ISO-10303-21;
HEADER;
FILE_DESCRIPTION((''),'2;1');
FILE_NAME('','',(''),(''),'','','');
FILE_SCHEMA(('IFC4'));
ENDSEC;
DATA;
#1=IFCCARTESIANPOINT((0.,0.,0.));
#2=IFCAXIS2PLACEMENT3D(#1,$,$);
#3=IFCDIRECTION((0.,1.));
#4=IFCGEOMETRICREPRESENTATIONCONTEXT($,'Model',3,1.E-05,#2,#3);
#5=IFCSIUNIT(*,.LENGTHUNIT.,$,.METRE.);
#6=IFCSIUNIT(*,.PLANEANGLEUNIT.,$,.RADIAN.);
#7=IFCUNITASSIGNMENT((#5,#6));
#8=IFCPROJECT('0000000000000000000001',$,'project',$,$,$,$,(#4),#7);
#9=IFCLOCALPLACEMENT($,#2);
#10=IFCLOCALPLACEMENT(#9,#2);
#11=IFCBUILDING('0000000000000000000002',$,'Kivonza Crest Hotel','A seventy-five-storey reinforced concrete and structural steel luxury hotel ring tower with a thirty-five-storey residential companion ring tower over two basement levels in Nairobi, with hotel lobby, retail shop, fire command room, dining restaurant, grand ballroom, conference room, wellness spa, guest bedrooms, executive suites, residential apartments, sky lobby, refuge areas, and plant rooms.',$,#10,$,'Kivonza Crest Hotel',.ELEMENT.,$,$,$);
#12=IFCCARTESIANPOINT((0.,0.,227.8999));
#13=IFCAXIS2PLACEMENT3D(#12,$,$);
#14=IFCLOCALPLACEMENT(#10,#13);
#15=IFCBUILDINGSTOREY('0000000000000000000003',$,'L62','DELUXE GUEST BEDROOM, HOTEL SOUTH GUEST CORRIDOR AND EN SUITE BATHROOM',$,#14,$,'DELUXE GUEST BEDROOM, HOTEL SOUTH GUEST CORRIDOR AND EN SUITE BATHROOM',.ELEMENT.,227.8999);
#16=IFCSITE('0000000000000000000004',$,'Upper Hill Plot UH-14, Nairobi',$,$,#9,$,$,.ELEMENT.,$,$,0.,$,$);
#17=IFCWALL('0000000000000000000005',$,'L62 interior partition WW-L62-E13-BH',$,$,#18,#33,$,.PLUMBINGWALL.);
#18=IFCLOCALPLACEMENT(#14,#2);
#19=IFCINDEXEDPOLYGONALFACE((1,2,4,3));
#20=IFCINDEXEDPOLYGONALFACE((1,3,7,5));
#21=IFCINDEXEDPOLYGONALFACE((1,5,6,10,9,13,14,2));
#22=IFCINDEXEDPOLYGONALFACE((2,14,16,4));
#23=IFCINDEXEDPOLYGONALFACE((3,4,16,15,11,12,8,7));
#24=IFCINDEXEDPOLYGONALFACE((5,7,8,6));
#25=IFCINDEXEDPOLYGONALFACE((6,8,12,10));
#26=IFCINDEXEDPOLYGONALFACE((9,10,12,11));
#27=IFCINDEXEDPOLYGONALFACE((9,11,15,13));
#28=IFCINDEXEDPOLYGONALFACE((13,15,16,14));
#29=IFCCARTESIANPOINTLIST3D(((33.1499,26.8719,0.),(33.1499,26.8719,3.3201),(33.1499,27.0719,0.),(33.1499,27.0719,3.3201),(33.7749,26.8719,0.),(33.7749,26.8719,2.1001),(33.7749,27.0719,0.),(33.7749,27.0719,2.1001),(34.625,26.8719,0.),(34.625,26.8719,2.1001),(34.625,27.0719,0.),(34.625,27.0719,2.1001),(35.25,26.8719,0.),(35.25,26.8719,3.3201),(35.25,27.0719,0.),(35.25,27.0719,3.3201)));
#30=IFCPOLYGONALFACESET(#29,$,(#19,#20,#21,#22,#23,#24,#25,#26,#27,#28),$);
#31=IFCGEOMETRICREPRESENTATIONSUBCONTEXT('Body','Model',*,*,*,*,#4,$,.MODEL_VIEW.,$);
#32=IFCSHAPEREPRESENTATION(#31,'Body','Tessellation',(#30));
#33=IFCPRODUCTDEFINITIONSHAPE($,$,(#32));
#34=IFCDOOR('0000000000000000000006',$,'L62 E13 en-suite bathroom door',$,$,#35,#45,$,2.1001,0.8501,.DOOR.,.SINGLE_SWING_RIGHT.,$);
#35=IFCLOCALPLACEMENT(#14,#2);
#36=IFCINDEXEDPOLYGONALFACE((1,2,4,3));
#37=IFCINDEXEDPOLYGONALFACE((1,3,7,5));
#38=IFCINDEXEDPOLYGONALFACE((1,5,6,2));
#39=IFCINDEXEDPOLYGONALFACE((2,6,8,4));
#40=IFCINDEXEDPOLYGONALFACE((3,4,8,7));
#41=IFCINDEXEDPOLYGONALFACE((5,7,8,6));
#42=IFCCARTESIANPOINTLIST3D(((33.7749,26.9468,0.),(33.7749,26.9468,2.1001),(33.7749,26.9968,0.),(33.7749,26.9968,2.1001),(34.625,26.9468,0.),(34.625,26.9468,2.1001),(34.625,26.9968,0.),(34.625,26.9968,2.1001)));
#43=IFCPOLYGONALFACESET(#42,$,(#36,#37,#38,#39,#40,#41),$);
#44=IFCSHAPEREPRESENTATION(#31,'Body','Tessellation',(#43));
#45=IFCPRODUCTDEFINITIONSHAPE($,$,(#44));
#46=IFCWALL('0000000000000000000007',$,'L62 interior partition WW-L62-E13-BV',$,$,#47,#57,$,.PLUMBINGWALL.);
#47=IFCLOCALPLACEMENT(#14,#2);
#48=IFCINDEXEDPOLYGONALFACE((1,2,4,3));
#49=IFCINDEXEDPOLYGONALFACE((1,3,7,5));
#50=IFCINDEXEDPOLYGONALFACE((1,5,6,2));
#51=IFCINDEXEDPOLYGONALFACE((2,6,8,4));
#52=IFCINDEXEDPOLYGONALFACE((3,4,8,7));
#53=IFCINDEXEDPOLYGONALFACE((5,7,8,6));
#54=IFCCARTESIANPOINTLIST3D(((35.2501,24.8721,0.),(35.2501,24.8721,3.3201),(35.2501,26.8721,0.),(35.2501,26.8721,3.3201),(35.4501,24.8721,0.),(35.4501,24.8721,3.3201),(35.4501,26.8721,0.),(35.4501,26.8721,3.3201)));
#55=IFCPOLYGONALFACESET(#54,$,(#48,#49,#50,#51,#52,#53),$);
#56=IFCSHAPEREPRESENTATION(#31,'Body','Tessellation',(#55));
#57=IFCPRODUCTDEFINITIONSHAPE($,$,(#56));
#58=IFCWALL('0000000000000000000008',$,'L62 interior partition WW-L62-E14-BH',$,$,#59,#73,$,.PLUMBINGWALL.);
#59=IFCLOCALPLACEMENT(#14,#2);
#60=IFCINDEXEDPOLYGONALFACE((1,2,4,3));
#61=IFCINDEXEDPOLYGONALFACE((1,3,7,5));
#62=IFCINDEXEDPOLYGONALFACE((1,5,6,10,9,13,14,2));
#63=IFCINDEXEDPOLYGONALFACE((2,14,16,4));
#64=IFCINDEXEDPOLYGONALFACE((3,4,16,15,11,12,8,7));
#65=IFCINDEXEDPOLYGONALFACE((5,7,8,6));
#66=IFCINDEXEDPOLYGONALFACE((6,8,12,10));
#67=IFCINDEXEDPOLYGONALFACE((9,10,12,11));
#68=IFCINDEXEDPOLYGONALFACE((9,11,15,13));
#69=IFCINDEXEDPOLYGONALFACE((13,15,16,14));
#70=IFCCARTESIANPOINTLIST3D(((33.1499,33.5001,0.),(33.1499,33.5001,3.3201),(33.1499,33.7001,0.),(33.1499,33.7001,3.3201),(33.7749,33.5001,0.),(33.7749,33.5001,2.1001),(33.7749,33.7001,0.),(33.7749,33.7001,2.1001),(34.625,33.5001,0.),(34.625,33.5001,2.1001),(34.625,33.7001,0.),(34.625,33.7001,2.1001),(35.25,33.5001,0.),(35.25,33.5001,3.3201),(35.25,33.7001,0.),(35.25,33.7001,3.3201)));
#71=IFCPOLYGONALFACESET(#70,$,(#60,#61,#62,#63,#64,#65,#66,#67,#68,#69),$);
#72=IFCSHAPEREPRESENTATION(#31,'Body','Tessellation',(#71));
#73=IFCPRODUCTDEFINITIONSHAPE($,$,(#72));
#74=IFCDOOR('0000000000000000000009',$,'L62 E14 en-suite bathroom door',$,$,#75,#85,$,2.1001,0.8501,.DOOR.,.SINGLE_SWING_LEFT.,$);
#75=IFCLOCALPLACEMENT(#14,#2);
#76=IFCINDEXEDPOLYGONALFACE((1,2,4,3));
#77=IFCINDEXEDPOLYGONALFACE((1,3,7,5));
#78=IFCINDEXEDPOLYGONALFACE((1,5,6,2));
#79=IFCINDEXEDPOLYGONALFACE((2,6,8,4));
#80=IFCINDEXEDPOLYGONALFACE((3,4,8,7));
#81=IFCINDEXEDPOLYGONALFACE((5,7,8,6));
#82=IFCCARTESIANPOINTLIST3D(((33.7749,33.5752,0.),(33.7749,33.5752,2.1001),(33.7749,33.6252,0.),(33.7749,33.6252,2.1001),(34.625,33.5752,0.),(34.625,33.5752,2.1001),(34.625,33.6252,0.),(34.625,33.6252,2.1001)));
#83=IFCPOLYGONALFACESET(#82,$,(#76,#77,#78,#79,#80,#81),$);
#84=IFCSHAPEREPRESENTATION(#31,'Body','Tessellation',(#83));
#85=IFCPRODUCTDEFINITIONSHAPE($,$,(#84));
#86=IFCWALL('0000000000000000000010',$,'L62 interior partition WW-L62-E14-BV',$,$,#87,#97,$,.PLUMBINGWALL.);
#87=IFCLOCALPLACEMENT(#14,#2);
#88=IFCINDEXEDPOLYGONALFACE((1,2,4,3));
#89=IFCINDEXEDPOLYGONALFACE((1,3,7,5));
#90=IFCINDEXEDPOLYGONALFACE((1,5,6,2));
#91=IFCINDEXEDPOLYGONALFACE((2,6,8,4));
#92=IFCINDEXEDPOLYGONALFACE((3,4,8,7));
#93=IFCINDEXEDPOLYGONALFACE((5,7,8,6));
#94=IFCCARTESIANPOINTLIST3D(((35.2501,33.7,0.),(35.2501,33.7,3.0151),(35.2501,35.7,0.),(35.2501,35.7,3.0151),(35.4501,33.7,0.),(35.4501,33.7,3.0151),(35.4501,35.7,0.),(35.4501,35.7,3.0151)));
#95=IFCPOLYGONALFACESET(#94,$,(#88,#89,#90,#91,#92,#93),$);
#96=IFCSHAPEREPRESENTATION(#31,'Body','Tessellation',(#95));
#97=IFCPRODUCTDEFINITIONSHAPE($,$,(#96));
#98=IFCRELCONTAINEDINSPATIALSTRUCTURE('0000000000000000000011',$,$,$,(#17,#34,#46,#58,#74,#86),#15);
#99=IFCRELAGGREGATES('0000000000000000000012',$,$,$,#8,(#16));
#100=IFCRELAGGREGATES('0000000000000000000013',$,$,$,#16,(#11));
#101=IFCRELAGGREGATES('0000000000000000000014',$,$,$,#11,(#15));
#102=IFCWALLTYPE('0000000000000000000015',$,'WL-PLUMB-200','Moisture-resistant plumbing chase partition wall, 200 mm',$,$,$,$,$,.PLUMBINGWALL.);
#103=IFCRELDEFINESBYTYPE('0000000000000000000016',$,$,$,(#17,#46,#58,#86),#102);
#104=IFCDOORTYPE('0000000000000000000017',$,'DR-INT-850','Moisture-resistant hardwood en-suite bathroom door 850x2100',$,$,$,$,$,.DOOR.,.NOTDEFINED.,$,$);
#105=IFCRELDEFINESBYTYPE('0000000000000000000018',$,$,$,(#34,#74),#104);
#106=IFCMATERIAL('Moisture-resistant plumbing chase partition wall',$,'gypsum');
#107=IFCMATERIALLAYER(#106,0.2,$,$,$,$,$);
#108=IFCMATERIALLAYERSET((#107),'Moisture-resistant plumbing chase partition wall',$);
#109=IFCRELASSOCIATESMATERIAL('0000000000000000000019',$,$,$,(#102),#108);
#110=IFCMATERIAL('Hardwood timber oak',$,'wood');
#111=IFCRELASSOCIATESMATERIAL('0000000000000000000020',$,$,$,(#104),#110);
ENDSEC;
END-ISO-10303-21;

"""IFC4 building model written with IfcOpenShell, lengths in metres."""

from ifc_helpers import new_model, si_unit, direction, frame, frame_2d, origin, place, context, subcontext, project, spatial, rectangle, extrude, material, layer, layer_set, type_object, element, fill, save


model = new_model("IFC4")

# Units and contexts
model_context = context("Model", 3, precision=1e-05, world=origin(), true_north=direction((0.0, 1.0)))
body_context = subcontext(model_context, "Body", "Model", "MODEL_VIEW")
ifc_project = project(units=[si_unit("LENGTHUNIT", "METRE"), si_unit("PLANEANGLEUNIT", "RADIAN")], contexts=[model_context])

# Site, building, storey
site_placement = place(None, origin())
site = spatial("IfcSite", under=ifc_project, at=site_placement, Name="Upper Hill Plot UH-14, Nairobi", CompositionType="ELEMENT", RefElevation=0.0)
building_placement = place(site_placement, origin())
building = spatial("IfcBuilding", under=site, at=building_placement, Name="Kivonza Crest Hotel", Description="A seventy-five-storey reinforced concrete and structural steel luxury hotel ring tower with a thirty-five-storey residential companion ring tower over two basement levels in Nairobi, with hotel lobby, retail shop, fire command room, dining restaurant, grand ballroom, conference room, wellness spa, guest bedrooms, executive suites, residential apartments, sky lobby, refuge areas, and plant rooms.", LongName="Kivonza Crest Hotel", CompositionType="ELEMENT")
storey_placement = place(building_placement, frame((0.0, 0.0, 227.8999)))
storey = spatial("IfcBuildingStorey", under=building, at=storey_placement, Name="L62", Description="DELUXE GUEST BEDROOM, HOTEL SOUTH GUEST CORRIDOR AND EN SUITE BATHROOM", LongName="DELUXE GUEST BEDROOM, HOTEL SOUTH GUEST CORRIDOR AND EN SUITE BATHROOM", CompositionType="ELEMENT", Elevation=227.8999)

# Shared definitions
ifc_material_1 = material(Name="Hardwood timber oak", Category="wood")

# Wall, opening, door
ifc_material_2 = material(Name="Moisture-resistant plumbing chase partition wall", Category="gypsum")
ifc_layer_1 = layer(ifc_material_2, 0.2)
ifc_layer_set_1 = layer_set([ifc_layer_1], Name="Moisture-resistant plumbing chase partition wall")
wall_type_1 = type_object("IfcWallType", Name="WL-PLUMB-200", Description="Moisture-resistant plumbing chase partition wall, 200 mm", PredefinedType="PLUMBINGWALL", material=ifc_layer_set_1)
wall_1_placement = place(storey_placement, frame((33.1499, 26.9719, 0.0), z_axis=(0.0, 0.0, 1.0), x_axis=(1.0, 0.0, 0.0)))
wall_1 = element("IfcWall", 1, at=wall_1_placement, inside=storey, type_object=wall_type_1, Name="L62 interior partition WW-L62-E13-BH", PredefinedType="PLUMBINGWALL", context=body_context, shape_type="SweptSolid", body=[
    extrude(rectangle(XDim=2.1001, YDim=0.2, at=frame_2d((1.05, 0.0))), origin(), (0.0, 0.0, 1.0), 3.3201),
])
opening_1_placement = place(wall_1_placement, frame((0.625, 0.0, 0.0)))
opening_1 = element("IfcOpeningElement", 2, at=opening_1_placement, cuts=wall_1, PredefinedType="OPENING", context=body_context, shape_type="SweptSolid", body=[
    extrude(rectangle(XDim=0.8501, YDim=2.1001, at=frame_2d((0.425, 1.05))), frame((0.0, 0.1099, 0.0), z_axis=(0.0, -1.0, 0.0), x_axis=(1.0, 0.0, 0.0)), (0.0, 0.0, 1.0), 0.22),
])
door_type_1 = type_object("IfcDoorType", Name="DR-INT-850", Description="Moisture-resistant hardwood en-suite bathroom door 850x2100", OperationType="NOTDEFINED", PredefinedType="DOOR", material=ifc_material_1)
door_1_placement = place(opening_1_placement, origin())
door_1 = element("IfcDoor", 3, at=door_1_placement, inside=storey, type_object=door_type_1, Name="L62 E13 en-suite bathroom door", OperationType="SINGLE_SWING_RIGHT", OverallHeight=2.1001, OverallWidth=0.8501, PredefinedType="DOOR", context=body_context, shape_type="SweptSolid", body=[
    extrude(rectangle(XDim=0.8501, YDim=2.1001, at=frame_2d((0.425, 1.05))), frame((0.0, 0.0249, 0.0), z_axis=(0.0, -1.0, 0.0), x_axis=(1.0, 0.0, 0.0)), (0.0, 0.0, 1.0), 0.05),
])
fill(opening_1, door_1)

# Wall
wall_2_placement = place(storey_placement, frame((35.3501, 24.8721, 0.0), z_axis=(0.0, 0.0, 1.0), x_axis=(0.0, 1.0, 0.0)))
element("IfcWall", 4, at=wall_2_placement, inside=storey, type_object=wall_type_1, Name="L62 interior partition WW-L62-E13-BV", PredefinedType="PLUMBINGWALL", context=body_context, shape_type="SweptSolid", body=[
    extrude(rectangle(XDim=2.0, YDim=0.2, at=frame_2d((1.0, 0.0))), origin(), (0.0, 0.0, 1.0), 3.3201),
])

# Wall, opening, door
wall_3_placement = place(storey_placement, frame((33.1499, 33.6001, 0.0), z_axis=(0.0, 0.0, 1.0), x_axis=(1.0, 0.0, 0.0)))
wall_3 = element("IfcWall", 5, at=wall_3_placement, inside=storey, type_object=wall_type_1, Name="L62 interior partition WW-L62-E14-BH", PredefinedType="PLUMBINGWALL", context=body_context, shape_type="SweptSolid", body=[
    extrude(rectangle(XDim=2.1001, YDim=0.2, at=frame_2d((1.05, 0.0))), origin(), (0.0, 0.0, 1.0), 3.3201),
])
opening_2_placement = place(wall_3_placement, frame((0.625, 0.0, 0.0)))
opening_2 = element("IfcOpeningElement", 6, at=opening_2_placement, cuts=wall_3, PredefinedType="OPENING", context=body_context, shape_type="SweptSolid", body=[
    extrude(rectangle(XDim=0.8501, YDim=2.1001, at=frame_2d((0.425, 1.05))), frame((0.0, 0.1099, 0.0), z_axis=(0.0, -1.0, 0.0), x_axis=(1.0, 0.0, 0.0)), (0.0, 0.0, 1.0), 0.22),
])
door_2_placement = place(opening_2_placement, frame((0.8501, 0.0, 0.0), z_axis=(0.0, 0.0, 1.0), x_axis=(-1.0, 0.0, 0.0)))
door_2 = element("IfcDoor", 7, at=door_2_placement, inside=storey, type_object=door_type_1, Name="L62 E14 en-suite bathroom door", OperationType="SINGLE_SWING_LEFT", OverallHeight=2.1001, OverallWidth=0.8501, PredefinedType="DOOR", context=body_context, shape_type="SweptSolid", body=[
    extrude(rectangle(XDim=0.8501, YDim=2.1001, at=frame_2d((0.425, 1.05))), frame((0.0, 0.0249, 0.0), z_axis=(0.0, -1.0, 0.0), x_axis=(1.0, 0.0, 0.0)), (0.0, 0.0, 1.0), 0.05),
])
fill(opening_2, door_2)

# Wall
wall_4_placement = place(storey_placement, frame((35.3501, 33.7, 0.0), z_axis=(0.0, 0.0, 1.0), x_axis=(0.0, 1.0, 0.0)))
element("IfcWall", 8, at=wall_4_placement, inside=storey, type_object=wall_type_1, Name="L62 interior partition WW-L62-E14-BV", PredefinedType="PLUMBINGWALL", context=body_context, shape_type="SweptSolid", body=[
    extrude(rectangle(XDim=2.0, YDim=0.2, at=frame_2d((1.0, 0.0))), origin(), (0.0, 0.0, 1.0), 3.0151),
])

save(model, "model.ifc")
